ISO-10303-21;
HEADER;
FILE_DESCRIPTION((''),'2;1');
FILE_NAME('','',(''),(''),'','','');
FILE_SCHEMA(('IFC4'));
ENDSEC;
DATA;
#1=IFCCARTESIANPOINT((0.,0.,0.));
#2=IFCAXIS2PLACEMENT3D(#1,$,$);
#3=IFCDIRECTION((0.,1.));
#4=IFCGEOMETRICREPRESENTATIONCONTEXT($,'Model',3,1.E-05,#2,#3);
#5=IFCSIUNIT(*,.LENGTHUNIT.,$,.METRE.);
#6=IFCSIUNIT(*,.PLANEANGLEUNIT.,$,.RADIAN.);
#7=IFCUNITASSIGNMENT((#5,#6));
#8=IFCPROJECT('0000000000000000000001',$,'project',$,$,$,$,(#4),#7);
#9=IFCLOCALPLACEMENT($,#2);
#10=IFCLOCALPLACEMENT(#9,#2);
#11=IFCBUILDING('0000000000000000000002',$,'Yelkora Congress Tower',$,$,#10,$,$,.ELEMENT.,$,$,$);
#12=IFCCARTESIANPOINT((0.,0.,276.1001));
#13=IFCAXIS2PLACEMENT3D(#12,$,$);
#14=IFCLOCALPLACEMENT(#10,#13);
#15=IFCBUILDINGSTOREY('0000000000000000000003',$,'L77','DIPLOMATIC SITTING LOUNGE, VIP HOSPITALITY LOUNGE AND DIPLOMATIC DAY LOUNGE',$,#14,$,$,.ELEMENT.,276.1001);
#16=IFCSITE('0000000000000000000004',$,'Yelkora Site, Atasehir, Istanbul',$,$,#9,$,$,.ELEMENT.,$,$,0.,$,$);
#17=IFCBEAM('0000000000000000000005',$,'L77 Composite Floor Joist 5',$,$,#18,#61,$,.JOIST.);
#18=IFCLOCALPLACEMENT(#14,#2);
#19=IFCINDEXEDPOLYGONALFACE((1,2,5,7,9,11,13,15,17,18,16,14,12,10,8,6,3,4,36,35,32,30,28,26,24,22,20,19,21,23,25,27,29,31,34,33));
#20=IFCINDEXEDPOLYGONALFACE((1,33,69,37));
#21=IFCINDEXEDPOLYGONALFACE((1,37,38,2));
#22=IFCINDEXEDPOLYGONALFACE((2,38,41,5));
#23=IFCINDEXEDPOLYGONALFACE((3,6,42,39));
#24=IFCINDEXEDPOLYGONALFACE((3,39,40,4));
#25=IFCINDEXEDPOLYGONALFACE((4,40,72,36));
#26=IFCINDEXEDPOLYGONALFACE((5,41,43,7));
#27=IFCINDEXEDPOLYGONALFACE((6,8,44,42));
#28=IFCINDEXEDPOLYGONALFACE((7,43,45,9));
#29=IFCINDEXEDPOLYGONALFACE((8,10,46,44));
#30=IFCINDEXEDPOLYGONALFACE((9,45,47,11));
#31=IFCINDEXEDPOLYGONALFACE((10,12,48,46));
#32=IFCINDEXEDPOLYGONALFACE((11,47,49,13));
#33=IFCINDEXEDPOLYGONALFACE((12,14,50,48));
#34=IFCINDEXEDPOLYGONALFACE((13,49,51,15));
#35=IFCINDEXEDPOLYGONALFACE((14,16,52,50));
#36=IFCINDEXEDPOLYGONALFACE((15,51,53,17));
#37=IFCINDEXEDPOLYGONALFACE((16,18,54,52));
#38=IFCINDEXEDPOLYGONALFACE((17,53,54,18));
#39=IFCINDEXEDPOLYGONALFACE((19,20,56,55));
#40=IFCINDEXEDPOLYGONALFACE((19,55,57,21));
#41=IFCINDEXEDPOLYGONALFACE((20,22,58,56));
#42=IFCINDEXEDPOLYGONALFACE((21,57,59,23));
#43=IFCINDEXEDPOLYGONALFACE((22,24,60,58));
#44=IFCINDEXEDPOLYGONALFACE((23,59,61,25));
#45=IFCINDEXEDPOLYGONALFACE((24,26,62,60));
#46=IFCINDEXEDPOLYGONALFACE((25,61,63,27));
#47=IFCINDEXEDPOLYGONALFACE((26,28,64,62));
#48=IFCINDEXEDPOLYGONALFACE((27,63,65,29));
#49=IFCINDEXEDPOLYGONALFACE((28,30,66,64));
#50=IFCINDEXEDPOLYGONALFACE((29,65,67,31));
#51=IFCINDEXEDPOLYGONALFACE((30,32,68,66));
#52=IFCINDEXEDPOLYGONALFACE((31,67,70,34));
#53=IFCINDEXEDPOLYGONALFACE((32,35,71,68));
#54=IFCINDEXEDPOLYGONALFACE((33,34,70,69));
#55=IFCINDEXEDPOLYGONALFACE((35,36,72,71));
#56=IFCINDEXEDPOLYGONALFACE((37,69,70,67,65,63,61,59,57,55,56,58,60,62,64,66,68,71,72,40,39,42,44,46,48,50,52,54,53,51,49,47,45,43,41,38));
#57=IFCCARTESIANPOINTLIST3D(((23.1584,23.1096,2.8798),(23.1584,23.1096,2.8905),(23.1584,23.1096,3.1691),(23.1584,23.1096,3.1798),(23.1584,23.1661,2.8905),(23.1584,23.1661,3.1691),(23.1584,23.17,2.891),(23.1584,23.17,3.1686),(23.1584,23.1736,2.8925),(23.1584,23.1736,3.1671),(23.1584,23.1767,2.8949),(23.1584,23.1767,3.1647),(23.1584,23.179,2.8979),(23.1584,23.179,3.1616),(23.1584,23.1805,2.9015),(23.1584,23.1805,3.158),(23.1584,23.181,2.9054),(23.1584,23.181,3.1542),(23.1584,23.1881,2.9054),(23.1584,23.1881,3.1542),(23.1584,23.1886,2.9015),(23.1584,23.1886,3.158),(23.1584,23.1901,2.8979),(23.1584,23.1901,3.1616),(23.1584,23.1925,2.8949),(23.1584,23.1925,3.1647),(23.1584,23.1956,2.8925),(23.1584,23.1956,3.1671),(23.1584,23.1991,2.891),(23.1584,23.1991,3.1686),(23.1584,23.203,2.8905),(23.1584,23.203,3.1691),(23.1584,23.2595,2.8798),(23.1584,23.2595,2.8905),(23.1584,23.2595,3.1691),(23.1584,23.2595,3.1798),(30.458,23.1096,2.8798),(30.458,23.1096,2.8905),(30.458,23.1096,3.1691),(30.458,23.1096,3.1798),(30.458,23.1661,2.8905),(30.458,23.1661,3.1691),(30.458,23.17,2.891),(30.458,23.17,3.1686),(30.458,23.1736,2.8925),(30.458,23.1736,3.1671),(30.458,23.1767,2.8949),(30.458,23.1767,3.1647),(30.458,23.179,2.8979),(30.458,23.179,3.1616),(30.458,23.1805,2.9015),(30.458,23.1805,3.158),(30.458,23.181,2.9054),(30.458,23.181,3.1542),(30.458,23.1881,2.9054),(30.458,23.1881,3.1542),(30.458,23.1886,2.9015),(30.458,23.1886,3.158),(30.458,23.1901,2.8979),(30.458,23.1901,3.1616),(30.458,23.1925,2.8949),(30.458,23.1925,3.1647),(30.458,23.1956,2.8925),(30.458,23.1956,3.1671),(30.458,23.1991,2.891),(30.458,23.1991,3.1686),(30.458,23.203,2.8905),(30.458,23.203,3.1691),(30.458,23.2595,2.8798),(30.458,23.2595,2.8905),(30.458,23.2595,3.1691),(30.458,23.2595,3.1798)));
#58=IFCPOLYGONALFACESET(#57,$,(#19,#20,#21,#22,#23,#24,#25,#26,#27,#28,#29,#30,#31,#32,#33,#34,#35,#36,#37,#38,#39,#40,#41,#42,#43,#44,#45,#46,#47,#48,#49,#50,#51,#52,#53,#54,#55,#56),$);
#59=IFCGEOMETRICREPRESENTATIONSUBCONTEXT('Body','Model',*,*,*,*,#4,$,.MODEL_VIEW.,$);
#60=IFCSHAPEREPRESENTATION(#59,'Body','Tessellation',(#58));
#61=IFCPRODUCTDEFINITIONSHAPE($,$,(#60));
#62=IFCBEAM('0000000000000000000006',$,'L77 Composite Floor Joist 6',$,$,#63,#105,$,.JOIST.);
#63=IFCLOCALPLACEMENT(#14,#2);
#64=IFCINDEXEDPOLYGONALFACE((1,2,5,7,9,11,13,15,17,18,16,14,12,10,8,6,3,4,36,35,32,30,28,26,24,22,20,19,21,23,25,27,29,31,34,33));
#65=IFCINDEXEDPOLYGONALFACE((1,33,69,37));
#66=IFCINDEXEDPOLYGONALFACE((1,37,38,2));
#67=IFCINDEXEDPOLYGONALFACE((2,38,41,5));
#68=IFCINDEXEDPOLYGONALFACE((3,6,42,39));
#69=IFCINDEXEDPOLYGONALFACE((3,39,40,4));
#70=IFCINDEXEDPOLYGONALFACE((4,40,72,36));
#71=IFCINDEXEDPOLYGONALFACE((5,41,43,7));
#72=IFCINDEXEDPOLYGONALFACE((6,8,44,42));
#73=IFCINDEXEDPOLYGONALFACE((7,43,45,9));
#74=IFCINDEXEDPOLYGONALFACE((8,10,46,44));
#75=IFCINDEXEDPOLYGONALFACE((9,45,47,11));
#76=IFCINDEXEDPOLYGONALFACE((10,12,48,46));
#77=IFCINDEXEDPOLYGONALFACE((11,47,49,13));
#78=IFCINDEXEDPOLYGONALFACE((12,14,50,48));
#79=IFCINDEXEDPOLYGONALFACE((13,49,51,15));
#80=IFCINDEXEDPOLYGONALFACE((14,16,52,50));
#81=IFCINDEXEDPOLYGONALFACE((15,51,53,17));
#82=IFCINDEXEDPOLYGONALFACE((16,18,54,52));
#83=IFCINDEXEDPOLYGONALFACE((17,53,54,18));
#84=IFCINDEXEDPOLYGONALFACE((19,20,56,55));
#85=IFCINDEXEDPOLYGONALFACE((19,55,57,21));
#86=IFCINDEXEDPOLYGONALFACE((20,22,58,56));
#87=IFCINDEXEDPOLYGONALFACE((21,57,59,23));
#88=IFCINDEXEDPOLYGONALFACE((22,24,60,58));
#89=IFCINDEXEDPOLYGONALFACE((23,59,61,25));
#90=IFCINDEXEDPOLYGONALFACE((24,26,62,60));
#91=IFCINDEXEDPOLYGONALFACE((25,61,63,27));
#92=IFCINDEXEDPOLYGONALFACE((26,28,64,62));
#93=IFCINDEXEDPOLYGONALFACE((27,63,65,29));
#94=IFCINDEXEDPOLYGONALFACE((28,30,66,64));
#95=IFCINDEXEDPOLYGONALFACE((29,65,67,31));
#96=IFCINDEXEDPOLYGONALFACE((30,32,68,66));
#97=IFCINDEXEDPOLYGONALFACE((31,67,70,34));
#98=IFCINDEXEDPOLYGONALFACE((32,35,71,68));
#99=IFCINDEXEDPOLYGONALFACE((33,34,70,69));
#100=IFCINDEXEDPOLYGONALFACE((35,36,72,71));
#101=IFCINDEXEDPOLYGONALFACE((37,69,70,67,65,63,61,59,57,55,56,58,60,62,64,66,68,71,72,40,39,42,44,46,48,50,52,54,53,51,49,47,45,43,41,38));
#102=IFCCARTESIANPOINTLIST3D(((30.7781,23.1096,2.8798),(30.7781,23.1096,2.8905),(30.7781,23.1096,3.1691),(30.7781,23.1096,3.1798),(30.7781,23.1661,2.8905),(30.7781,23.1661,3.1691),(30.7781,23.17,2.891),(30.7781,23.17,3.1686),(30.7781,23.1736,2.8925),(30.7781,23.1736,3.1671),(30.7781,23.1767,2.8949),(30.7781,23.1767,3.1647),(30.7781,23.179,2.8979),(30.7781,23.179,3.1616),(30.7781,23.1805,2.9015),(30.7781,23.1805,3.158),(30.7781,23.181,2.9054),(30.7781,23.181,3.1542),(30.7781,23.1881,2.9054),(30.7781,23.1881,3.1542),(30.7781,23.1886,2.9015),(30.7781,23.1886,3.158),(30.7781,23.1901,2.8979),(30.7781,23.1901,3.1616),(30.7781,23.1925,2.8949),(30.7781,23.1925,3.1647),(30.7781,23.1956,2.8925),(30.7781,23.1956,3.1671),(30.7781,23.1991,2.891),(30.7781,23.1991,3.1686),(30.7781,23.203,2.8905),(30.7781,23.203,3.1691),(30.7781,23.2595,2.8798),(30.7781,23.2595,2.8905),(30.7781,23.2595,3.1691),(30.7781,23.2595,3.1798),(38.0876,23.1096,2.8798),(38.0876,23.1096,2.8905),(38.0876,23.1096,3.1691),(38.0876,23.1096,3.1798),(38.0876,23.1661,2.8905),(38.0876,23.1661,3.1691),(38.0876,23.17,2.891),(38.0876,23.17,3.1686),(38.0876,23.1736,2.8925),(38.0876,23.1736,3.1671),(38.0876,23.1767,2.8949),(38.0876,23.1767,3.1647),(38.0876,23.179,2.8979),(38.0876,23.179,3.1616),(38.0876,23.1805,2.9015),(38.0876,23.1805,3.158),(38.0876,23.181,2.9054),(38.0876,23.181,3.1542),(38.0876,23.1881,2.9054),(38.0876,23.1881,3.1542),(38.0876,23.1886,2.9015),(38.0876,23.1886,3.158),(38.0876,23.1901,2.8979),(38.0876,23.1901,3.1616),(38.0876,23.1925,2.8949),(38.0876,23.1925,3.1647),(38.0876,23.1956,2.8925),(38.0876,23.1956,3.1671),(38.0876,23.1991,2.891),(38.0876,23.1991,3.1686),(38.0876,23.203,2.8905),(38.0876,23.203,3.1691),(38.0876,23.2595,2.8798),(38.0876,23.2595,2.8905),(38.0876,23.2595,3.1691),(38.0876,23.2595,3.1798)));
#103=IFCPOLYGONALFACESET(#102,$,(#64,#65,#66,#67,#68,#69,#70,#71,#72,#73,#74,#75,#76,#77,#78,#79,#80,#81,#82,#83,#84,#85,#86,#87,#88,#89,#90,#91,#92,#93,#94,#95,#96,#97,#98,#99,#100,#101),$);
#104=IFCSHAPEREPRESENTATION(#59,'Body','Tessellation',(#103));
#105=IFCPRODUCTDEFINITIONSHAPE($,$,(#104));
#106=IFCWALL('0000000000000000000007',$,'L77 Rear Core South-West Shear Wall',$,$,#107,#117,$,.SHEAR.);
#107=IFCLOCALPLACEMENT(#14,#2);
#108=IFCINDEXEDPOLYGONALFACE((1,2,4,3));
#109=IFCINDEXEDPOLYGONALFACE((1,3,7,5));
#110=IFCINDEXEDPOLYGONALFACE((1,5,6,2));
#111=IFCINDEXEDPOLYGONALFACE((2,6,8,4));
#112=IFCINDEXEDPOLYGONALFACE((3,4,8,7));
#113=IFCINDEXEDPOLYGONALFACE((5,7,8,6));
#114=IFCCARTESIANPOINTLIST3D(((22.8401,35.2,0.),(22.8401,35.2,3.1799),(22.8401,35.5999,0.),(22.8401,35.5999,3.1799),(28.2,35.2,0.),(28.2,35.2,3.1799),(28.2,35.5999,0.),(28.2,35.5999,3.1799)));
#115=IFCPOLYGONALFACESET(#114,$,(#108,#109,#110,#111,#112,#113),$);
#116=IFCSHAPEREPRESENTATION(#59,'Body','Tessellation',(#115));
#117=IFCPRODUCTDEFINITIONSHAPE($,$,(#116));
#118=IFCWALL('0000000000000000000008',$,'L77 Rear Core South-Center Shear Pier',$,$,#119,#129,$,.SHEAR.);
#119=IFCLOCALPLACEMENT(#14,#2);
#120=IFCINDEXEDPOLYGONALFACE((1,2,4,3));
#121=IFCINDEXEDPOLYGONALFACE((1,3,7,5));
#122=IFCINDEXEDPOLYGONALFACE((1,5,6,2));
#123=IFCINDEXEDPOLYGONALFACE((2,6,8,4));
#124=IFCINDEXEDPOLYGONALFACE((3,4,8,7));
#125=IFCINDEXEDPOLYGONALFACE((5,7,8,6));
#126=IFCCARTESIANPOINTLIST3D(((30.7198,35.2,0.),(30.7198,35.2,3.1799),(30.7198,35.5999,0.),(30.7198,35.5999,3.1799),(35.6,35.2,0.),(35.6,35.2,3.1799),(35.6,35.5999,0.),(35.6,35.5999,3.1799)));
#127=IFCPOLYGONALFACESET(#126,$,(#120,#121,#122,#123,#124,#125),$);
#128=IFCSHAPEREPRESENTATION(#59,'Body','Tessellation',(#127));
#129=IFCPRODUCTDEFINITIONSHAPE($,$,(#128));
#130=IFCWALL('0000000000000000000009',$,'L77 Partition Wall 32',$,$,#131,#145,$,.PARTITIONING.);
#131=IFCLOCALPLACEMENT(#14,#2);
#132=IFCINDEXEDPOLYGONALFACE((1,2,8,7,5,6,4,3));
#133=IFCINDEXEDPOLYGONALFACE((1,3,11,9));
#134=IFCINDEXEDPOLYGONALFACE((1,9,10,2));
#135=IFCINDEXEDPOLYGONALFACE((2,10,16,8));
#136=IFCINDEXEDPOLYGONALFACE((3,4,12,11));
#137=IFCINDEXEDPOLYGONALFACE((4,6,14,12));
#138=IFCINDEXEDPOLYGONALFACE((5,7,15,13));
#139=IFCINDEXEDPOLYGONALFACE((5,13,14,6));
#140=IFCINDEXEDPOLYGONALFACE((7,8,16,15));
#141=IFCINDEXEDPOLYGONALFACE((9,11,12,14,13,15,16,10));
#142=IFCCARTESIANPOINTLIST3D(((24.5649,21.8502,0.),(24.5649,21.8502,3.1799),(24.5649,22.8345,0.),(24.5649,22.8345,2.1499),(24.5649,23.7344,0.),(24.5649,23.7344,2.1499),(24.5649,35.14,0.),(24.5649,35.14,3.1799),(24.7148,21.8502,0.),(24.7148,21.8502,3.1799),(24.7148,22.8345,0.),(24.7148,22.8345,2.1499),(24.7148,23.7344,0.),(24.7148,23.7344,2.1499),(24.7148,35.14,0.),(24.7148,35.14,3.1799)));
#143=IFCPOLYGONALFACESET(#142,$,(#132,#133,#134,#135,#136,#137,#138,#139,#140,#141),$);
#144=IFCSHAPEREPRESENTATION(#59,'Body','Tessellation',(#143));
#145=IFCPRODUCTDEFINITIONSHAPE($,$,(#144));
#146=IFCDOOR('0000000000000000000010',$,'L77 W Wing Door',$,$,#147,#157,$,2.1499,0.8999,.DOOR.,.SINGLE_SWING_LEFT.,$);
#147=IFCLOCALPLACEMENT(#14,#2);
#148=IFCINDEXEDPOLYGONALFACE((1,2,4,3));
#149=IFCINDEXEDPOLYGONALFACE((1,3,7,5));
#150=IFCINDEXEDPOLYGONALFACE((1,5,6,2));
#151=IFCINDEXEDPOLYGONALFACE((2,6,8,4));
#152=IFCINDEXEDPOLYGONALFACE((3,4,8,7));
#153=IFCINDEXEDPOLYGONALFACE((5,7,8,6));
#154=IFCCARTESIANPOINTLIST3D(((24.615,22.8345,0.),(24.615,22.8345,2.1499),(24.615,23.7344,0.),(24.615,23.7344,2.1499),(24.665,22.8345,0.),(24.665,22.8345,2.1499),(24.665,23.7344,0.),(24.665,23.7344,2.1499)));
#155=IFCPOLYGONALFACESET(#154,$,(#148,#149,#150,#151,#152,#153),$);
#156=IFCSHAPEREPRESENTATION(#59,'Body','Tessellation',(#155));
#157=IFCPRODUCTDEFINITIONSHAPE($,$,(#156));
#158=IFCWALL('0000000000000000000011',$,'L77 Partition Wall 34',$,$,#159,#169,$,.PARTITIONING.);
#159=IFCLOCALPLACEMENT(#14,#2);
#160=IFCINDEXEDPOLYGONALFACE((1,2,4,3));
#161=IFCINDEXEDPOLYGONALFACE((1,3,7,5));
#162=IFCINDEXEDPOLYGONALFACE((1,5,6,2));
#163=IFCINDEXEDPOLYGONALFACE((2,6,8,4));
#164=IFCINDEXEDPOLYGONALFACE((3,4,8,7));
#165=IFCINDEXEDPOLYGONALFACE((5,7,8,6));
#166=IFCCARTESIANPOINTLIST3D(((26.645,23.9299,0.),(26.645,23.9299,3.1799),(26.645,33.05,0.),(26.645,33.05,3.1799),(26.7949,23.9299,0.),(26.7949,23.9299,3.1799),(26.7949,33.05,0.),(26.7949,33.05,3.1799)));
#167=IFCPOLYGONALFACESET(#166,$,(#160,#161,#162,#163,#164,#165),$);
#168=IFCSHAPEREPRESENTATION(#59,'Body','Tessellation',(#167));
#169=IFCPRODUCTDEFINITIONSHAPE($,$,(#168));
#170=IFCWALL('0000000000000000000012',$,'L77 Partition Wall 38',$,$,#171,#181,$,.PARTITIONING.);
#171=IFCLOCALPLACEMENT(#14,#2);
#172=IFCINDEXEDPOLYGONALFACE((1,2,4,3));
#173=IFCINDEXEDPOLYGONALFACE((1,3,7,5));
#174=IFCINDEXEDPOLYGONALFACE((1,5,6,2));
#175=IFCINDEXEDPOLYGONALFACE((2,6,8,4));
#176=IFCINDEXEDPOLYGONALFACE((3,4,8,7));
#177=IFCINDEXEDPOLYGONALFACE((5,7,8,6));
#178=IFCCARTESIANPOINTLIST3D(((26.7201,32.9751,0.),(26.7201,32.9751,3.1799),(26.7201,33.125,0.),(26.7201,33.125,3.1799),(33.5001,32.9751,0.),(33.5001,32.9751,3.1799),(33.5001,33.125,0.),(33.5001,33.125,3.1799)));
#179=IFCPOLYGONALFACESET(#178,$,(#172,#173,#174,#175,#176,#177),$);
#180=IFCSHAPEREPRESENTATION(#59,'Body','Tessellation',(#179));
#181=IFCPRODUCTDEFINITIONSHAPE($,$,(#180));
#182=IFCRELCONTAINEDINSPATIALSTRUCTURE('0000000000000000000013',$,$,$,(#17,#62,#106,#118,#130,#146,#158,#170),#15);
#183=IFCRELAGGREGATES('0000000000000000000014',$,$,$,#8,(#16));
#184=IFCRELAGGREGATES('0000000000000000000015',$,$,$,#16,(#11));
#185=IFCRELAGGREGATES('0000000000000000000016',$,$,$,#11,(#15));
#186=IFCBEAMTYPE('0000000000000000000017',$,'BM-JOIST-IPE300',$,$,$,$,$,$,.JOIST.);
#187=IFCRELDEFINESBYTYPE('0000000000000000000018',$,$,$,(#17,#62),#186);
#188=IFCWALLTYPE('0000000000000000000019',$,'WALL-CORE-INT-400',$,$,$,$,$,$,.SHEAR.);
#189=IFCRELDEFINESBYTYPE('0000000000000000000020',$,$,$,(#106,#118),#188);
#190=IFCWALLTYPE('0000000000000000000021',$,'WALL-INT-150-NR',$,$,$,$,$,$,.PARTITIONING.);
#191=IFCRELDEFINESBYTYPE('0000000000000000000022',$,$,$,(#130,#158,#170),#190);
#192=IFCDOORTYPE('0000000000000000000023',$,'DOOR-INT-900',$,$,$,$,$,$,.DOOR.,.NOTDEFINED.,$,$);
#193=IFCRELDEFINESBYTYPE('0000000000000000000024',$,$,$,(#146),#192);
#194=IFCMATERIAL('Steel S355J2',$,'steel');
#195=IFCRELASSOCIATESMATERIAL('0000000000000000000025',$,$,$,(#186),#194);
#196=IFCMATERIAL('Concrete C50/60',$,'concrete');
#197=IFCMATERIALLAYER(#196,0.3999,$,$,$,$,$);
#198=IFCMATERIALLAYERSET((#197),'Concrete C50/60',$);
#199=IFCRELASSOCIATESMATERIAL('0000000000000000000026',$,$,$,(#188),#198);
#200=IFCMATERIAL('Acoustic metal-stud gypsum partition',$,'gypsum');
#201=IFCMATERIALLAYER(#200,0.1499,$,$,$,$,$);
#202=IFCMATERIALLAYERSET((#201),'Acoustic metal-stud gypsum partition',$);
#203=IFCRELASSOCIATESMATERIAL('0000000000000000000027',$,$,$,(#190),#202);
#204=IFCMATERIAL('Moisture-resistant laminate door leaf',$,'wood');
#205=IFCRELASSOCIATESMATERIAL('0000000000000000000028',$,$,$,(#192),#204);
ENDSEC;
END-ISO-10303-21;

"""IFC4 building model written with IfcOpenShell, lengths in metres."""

from ifc_helpers import new_model, si_unit, direction, frame, frame_2d, origin, origin_2d, place, context, subcontext, project, spatial, rectangle, i_section, extrude, material, layer, layer_set, material_profile, profile_set, type_object, element, fill, save


model = new_model("IFC4")

# Units and contexts
model_context = context("Model", 3, precision=1e-05, world=origin(), true_north=direction((0.0, 1.0)))
body_context = subcontext(model_context, "Body", "Model", "MODEL_VIEW")
ifc_project = project(units=[si_unit("LENGTHUNIT", "METRE"), si_unit("PLANEANGLEUNIT", "RADIAN")], contexts=[model_context])

# Site, building, storey
site_placement = place(None, origin())
site = spatial("IfcSite", under=ifc_project, at=site_placement, Name="Yelkora Site, Atasehir, Istanbul", CompositionType="ELEMENT", RefElevation=0.0)
building_placement = place(site_placement, origin())
building = spatial("IfcBuilding", under=site, at=building_placement, Name="Yelkora Congress Tower", CompositionType="ELEMENT")
storey_placement = place(building_placement, frame((0.0, 0.0, 276.1001)))
storey = spatial("IfcBuildingStorey", under=building, at=storey_placement, Name="L77", Description="DIPLOMATIC SITTING LOUNGE, VIP HOSPITALITY LOUNGE AND DIPLOMATIC DAY LOUNGE", CompositionType="ELEMENT", Elevation=276.1001)

# Beams
ifc_material_1 = material(Name="Steel S355J2", Category="steel")
ifc_material_profile_1 = material_profile(ifc_material_1, i_section(OverallWidth=0.1499, OverallDepth=0.3, WebThickness=0.0071, FlangeThickness=0.0107, FilletRadius=0.0149, at=origin_2d()), Name="IPE 300")
ifc_profile_set_1 = profile_set([ifc_material_profile_1], Name="Steel S355J2")
beam_type_1 = type_object("IfcBeamType", Name="BM-JOIST-IPE300", PredefinedType="JOIST", material=ifc_profile_set_1)
beam_1_placement = place(storey_placement, frame((23.1584, 23.1846, 3.0298), z_axis=(1.0, 0.0, 0.0), x_axis=(0.0, 1.0, 0.0)))
element("IfcBeam", 1, at=beam_1_placement, inside=storey, type_object=beam_type_1, Name="L77 Composite Floor Joist 5", PredefinedType="JOIST", context=body_context, shape_type="SweptSolid", body=[
    extrude(i_section(OverallWidth=0.1499, OverallDepth=0.3, WebThickness=0.0071, FlangeThickness=0.0107, FilletRadius=0.0149, at=origin_2d()), origin(), (0.0, 0.0, 1.0), 7.2996),
])
beam_2_placement = place(storey_placement, frame((30.7781, 23.1846, 3.0298), z_axis=(1.0, 0.0, 0.0), x_axis=(0.0, 1.0, 0.0)))
element("IfcBeam", 2, at=beam_2_placement, inside=storey, type_object=beam_type_1, Name="L77 Composite Floor Joist 6", PredefinedType="JOIST", context=body_context, shape_type="SweptSolid", body=[
    extrude(i_section(OverallWidth=0.1499, OverallDepth=0.3, WebThickness=0.0071, FlangeThickness=0.0107, FilletRadius=0.0149, at=origin_2d()), origin(), (0.0, 0.0, 1.0), 7.3096),
])

# Walls
ifc_material_2 = material(Name="Concrete C50/60", Category="concrete")
ifc_layer_1 = layer(ifc_material_2, 0.3999)
ifc_layer_set_1 = layer_set([ifc_layer_1], Name="Concrete C50/60")
wall_type_1 = type_object("IfcWallType", Name="WALL-CORE-INT-400", PredefinedType="SHEAR", material=ifc_layer_set_1)
wall_1_placement = place(storey_placement, frame((22.8401, 35.3999, 0.0), z_axis=(0.0, 0.0, 1.0), x_axis=(1.0, 0.0, 0.0)))
element("IfcWall", 3, at=wall_1_placement, inside=storey, type_object=wall_type_1, Name="L77 Rear Core South-West Shear Wall", PredefinedType="SHEAR", context=body_context, shape_type="SweptSolid", body=[
    extrude(rectangle(XDim=5.3599, YDim=0.3999, at=frame_2d((2.6799, 0.0))), origin(), (0.0, 0.0, 1.0), 3.1799),
])
wall_2_placement = place(storey_placement, frame((30.72, 35.3999, 0.0), z_axis=(0.0, 0.0, 1.0), x_axis=(1.0, 0.0, 0.0)))
element("IfcWall", 4, at=wall_2_placement, inside=storey, type_object=wall_type_1, Name="L77 Rear Core South-Center Shear Pier", PredefinedType="SHEAR", context=body_context, shape_type="SweptSolid", body=[
    extrude(rectangle(XDim=4.8801, YDim=0.3999, at=frame_2d((2.4399, 0.0))), origin(), (0.0, 0.0, 1.0), 3.1799),
])

# Wall, opening, door
ifc_material_3 = material(Name="Acoustic metal-stud gypsum partition", Category="gypsum")
ifc_layer_2 = layer(ifc_material_3, 0.1499)
ifc_layer_set_2 = layer_set([ifc_layer_2], Name="Acoustic metal-stud gypsum partition")
wall_type_2 = type_object("IfcWallType", Name="WALL-INT-150-NR", PredefinedType="PARTITIONING", material=ifc_layer_set_2)
wall_3_placement = place(storey_placement, frame((24.6399, 21.8501, 0.0), z_axis=(0.0, 0.0, 1.0), x_axis=(0.0, 1.0, 0.0)))
wall_3 = element("IfcWall", 5, at=wall_3_placement, inside=storey, type_object=wall_type_2, Name="L77 Partition Wall 32", PredefinedType="PARTITIONING", context=body_context, shape_type="SweptSolid", body=[
    extrude(rectangle(XDim=13.2898, YDim=0.1499, at=frame_2d((6.645, 0.0))), origin(), (0.0, 0.0, 1.0), 3.1799),
])
opening_1_placement = place(wall_3_placement, frame((0.9844, 0.0, 0.0)))
opening_1 = element("IfcOpeningElement", 6, at=opening_1_placement, cuts=wall_3, PredefinedType="OPENING", context=body_context, shape_type="SweptSolid", body=[
    extrude(rectangle(XDim=0.8999, YDim=2.1499, at=frame_2d((0.45, 1.075))), frame((0.0, 0.085, 0.0), z_axis=(0.0, -1.0, 0.0), x_axis=(1.0, 0.0, 0.0)), (0.0, 0.0, 1.0), 0.1699),
])
ifc_material_4 = material(Name="Moisture-resistant laminate door leaf", Category="wood")
door_type_1 = type_object("IfcDoorType", Name="DOOR-INT-900", OperationType="NOTDEFINED", PredefinedType="DOOR", material=ifc_material_4)
door_1_placement = place(opening_1_placement, origin())
door_1 = element("IfcDoor", 7, at=door_1_placement, inside=storey, type_object=door_type_1, Name="L77 W Wing Door", OperationType="SINGLE_SWING_LEFT", OverallHeight=2.1499, OverallWidth=0.8999, PredefinedType="DOOR", context=body_context, shape_type="SweptSolid", body=[
    extrude(rectangle(XDim=0.8999, YDim=2.1499, at=frame_2d((0.45, 1.075))), frame((0.0, 0.0249, 0.0), z_axis=(0.0, -1.0, 0.0), x_axis=(1.0, 0.0, 0.0)), (0.0, 0.0, 1.0), 0.05),
])
fill(opening_1, door_1)

# Walls
wall_4_placement = place(storey_placement, frame((26.72, 23.9299, 0.0), z_axis=(0.0, 0.0, 1.0), x_axis=(0.0, 1.0, 0.0)))
element("IfcWall", 8, at=wall_4_placement, inside=storey, type_object=wall_type_2, Name="L77 Partition Wall 34", PredefinedType="PARTITIONING", context=body_context, shape_type="SweptSolid", body=[
    extrude(rectangle(XDim=9.1201, YDim=0.1499, at=frame_2d((4.5601, 0.0))), origin(), (0.0, 0.0, 1.0), 3.1799),
])
wall_5_placement = place(storey_placement, frame((26.72, 33.05, 0.0), z_axis=(0.0, 0.0, 1.0), x_axis=(1.0, 0.0, 0.0)))
element("IfcWall", 9, at=wall_5_placement, inside=storey, type_object=wall_type_2, Name="L77 Partition Wall 38", PredefinedType="PARTITIONING", context=body_context, shape_type="SweptSolid", body=[
    extrude(rectangle(XDim=6.78, YDim=0.1499, at=frame_2d((3.3901, 0.0))), origin(), (0.0, 0.0, 1.0), 3.1799),
])

save(model, "model.ifc")
